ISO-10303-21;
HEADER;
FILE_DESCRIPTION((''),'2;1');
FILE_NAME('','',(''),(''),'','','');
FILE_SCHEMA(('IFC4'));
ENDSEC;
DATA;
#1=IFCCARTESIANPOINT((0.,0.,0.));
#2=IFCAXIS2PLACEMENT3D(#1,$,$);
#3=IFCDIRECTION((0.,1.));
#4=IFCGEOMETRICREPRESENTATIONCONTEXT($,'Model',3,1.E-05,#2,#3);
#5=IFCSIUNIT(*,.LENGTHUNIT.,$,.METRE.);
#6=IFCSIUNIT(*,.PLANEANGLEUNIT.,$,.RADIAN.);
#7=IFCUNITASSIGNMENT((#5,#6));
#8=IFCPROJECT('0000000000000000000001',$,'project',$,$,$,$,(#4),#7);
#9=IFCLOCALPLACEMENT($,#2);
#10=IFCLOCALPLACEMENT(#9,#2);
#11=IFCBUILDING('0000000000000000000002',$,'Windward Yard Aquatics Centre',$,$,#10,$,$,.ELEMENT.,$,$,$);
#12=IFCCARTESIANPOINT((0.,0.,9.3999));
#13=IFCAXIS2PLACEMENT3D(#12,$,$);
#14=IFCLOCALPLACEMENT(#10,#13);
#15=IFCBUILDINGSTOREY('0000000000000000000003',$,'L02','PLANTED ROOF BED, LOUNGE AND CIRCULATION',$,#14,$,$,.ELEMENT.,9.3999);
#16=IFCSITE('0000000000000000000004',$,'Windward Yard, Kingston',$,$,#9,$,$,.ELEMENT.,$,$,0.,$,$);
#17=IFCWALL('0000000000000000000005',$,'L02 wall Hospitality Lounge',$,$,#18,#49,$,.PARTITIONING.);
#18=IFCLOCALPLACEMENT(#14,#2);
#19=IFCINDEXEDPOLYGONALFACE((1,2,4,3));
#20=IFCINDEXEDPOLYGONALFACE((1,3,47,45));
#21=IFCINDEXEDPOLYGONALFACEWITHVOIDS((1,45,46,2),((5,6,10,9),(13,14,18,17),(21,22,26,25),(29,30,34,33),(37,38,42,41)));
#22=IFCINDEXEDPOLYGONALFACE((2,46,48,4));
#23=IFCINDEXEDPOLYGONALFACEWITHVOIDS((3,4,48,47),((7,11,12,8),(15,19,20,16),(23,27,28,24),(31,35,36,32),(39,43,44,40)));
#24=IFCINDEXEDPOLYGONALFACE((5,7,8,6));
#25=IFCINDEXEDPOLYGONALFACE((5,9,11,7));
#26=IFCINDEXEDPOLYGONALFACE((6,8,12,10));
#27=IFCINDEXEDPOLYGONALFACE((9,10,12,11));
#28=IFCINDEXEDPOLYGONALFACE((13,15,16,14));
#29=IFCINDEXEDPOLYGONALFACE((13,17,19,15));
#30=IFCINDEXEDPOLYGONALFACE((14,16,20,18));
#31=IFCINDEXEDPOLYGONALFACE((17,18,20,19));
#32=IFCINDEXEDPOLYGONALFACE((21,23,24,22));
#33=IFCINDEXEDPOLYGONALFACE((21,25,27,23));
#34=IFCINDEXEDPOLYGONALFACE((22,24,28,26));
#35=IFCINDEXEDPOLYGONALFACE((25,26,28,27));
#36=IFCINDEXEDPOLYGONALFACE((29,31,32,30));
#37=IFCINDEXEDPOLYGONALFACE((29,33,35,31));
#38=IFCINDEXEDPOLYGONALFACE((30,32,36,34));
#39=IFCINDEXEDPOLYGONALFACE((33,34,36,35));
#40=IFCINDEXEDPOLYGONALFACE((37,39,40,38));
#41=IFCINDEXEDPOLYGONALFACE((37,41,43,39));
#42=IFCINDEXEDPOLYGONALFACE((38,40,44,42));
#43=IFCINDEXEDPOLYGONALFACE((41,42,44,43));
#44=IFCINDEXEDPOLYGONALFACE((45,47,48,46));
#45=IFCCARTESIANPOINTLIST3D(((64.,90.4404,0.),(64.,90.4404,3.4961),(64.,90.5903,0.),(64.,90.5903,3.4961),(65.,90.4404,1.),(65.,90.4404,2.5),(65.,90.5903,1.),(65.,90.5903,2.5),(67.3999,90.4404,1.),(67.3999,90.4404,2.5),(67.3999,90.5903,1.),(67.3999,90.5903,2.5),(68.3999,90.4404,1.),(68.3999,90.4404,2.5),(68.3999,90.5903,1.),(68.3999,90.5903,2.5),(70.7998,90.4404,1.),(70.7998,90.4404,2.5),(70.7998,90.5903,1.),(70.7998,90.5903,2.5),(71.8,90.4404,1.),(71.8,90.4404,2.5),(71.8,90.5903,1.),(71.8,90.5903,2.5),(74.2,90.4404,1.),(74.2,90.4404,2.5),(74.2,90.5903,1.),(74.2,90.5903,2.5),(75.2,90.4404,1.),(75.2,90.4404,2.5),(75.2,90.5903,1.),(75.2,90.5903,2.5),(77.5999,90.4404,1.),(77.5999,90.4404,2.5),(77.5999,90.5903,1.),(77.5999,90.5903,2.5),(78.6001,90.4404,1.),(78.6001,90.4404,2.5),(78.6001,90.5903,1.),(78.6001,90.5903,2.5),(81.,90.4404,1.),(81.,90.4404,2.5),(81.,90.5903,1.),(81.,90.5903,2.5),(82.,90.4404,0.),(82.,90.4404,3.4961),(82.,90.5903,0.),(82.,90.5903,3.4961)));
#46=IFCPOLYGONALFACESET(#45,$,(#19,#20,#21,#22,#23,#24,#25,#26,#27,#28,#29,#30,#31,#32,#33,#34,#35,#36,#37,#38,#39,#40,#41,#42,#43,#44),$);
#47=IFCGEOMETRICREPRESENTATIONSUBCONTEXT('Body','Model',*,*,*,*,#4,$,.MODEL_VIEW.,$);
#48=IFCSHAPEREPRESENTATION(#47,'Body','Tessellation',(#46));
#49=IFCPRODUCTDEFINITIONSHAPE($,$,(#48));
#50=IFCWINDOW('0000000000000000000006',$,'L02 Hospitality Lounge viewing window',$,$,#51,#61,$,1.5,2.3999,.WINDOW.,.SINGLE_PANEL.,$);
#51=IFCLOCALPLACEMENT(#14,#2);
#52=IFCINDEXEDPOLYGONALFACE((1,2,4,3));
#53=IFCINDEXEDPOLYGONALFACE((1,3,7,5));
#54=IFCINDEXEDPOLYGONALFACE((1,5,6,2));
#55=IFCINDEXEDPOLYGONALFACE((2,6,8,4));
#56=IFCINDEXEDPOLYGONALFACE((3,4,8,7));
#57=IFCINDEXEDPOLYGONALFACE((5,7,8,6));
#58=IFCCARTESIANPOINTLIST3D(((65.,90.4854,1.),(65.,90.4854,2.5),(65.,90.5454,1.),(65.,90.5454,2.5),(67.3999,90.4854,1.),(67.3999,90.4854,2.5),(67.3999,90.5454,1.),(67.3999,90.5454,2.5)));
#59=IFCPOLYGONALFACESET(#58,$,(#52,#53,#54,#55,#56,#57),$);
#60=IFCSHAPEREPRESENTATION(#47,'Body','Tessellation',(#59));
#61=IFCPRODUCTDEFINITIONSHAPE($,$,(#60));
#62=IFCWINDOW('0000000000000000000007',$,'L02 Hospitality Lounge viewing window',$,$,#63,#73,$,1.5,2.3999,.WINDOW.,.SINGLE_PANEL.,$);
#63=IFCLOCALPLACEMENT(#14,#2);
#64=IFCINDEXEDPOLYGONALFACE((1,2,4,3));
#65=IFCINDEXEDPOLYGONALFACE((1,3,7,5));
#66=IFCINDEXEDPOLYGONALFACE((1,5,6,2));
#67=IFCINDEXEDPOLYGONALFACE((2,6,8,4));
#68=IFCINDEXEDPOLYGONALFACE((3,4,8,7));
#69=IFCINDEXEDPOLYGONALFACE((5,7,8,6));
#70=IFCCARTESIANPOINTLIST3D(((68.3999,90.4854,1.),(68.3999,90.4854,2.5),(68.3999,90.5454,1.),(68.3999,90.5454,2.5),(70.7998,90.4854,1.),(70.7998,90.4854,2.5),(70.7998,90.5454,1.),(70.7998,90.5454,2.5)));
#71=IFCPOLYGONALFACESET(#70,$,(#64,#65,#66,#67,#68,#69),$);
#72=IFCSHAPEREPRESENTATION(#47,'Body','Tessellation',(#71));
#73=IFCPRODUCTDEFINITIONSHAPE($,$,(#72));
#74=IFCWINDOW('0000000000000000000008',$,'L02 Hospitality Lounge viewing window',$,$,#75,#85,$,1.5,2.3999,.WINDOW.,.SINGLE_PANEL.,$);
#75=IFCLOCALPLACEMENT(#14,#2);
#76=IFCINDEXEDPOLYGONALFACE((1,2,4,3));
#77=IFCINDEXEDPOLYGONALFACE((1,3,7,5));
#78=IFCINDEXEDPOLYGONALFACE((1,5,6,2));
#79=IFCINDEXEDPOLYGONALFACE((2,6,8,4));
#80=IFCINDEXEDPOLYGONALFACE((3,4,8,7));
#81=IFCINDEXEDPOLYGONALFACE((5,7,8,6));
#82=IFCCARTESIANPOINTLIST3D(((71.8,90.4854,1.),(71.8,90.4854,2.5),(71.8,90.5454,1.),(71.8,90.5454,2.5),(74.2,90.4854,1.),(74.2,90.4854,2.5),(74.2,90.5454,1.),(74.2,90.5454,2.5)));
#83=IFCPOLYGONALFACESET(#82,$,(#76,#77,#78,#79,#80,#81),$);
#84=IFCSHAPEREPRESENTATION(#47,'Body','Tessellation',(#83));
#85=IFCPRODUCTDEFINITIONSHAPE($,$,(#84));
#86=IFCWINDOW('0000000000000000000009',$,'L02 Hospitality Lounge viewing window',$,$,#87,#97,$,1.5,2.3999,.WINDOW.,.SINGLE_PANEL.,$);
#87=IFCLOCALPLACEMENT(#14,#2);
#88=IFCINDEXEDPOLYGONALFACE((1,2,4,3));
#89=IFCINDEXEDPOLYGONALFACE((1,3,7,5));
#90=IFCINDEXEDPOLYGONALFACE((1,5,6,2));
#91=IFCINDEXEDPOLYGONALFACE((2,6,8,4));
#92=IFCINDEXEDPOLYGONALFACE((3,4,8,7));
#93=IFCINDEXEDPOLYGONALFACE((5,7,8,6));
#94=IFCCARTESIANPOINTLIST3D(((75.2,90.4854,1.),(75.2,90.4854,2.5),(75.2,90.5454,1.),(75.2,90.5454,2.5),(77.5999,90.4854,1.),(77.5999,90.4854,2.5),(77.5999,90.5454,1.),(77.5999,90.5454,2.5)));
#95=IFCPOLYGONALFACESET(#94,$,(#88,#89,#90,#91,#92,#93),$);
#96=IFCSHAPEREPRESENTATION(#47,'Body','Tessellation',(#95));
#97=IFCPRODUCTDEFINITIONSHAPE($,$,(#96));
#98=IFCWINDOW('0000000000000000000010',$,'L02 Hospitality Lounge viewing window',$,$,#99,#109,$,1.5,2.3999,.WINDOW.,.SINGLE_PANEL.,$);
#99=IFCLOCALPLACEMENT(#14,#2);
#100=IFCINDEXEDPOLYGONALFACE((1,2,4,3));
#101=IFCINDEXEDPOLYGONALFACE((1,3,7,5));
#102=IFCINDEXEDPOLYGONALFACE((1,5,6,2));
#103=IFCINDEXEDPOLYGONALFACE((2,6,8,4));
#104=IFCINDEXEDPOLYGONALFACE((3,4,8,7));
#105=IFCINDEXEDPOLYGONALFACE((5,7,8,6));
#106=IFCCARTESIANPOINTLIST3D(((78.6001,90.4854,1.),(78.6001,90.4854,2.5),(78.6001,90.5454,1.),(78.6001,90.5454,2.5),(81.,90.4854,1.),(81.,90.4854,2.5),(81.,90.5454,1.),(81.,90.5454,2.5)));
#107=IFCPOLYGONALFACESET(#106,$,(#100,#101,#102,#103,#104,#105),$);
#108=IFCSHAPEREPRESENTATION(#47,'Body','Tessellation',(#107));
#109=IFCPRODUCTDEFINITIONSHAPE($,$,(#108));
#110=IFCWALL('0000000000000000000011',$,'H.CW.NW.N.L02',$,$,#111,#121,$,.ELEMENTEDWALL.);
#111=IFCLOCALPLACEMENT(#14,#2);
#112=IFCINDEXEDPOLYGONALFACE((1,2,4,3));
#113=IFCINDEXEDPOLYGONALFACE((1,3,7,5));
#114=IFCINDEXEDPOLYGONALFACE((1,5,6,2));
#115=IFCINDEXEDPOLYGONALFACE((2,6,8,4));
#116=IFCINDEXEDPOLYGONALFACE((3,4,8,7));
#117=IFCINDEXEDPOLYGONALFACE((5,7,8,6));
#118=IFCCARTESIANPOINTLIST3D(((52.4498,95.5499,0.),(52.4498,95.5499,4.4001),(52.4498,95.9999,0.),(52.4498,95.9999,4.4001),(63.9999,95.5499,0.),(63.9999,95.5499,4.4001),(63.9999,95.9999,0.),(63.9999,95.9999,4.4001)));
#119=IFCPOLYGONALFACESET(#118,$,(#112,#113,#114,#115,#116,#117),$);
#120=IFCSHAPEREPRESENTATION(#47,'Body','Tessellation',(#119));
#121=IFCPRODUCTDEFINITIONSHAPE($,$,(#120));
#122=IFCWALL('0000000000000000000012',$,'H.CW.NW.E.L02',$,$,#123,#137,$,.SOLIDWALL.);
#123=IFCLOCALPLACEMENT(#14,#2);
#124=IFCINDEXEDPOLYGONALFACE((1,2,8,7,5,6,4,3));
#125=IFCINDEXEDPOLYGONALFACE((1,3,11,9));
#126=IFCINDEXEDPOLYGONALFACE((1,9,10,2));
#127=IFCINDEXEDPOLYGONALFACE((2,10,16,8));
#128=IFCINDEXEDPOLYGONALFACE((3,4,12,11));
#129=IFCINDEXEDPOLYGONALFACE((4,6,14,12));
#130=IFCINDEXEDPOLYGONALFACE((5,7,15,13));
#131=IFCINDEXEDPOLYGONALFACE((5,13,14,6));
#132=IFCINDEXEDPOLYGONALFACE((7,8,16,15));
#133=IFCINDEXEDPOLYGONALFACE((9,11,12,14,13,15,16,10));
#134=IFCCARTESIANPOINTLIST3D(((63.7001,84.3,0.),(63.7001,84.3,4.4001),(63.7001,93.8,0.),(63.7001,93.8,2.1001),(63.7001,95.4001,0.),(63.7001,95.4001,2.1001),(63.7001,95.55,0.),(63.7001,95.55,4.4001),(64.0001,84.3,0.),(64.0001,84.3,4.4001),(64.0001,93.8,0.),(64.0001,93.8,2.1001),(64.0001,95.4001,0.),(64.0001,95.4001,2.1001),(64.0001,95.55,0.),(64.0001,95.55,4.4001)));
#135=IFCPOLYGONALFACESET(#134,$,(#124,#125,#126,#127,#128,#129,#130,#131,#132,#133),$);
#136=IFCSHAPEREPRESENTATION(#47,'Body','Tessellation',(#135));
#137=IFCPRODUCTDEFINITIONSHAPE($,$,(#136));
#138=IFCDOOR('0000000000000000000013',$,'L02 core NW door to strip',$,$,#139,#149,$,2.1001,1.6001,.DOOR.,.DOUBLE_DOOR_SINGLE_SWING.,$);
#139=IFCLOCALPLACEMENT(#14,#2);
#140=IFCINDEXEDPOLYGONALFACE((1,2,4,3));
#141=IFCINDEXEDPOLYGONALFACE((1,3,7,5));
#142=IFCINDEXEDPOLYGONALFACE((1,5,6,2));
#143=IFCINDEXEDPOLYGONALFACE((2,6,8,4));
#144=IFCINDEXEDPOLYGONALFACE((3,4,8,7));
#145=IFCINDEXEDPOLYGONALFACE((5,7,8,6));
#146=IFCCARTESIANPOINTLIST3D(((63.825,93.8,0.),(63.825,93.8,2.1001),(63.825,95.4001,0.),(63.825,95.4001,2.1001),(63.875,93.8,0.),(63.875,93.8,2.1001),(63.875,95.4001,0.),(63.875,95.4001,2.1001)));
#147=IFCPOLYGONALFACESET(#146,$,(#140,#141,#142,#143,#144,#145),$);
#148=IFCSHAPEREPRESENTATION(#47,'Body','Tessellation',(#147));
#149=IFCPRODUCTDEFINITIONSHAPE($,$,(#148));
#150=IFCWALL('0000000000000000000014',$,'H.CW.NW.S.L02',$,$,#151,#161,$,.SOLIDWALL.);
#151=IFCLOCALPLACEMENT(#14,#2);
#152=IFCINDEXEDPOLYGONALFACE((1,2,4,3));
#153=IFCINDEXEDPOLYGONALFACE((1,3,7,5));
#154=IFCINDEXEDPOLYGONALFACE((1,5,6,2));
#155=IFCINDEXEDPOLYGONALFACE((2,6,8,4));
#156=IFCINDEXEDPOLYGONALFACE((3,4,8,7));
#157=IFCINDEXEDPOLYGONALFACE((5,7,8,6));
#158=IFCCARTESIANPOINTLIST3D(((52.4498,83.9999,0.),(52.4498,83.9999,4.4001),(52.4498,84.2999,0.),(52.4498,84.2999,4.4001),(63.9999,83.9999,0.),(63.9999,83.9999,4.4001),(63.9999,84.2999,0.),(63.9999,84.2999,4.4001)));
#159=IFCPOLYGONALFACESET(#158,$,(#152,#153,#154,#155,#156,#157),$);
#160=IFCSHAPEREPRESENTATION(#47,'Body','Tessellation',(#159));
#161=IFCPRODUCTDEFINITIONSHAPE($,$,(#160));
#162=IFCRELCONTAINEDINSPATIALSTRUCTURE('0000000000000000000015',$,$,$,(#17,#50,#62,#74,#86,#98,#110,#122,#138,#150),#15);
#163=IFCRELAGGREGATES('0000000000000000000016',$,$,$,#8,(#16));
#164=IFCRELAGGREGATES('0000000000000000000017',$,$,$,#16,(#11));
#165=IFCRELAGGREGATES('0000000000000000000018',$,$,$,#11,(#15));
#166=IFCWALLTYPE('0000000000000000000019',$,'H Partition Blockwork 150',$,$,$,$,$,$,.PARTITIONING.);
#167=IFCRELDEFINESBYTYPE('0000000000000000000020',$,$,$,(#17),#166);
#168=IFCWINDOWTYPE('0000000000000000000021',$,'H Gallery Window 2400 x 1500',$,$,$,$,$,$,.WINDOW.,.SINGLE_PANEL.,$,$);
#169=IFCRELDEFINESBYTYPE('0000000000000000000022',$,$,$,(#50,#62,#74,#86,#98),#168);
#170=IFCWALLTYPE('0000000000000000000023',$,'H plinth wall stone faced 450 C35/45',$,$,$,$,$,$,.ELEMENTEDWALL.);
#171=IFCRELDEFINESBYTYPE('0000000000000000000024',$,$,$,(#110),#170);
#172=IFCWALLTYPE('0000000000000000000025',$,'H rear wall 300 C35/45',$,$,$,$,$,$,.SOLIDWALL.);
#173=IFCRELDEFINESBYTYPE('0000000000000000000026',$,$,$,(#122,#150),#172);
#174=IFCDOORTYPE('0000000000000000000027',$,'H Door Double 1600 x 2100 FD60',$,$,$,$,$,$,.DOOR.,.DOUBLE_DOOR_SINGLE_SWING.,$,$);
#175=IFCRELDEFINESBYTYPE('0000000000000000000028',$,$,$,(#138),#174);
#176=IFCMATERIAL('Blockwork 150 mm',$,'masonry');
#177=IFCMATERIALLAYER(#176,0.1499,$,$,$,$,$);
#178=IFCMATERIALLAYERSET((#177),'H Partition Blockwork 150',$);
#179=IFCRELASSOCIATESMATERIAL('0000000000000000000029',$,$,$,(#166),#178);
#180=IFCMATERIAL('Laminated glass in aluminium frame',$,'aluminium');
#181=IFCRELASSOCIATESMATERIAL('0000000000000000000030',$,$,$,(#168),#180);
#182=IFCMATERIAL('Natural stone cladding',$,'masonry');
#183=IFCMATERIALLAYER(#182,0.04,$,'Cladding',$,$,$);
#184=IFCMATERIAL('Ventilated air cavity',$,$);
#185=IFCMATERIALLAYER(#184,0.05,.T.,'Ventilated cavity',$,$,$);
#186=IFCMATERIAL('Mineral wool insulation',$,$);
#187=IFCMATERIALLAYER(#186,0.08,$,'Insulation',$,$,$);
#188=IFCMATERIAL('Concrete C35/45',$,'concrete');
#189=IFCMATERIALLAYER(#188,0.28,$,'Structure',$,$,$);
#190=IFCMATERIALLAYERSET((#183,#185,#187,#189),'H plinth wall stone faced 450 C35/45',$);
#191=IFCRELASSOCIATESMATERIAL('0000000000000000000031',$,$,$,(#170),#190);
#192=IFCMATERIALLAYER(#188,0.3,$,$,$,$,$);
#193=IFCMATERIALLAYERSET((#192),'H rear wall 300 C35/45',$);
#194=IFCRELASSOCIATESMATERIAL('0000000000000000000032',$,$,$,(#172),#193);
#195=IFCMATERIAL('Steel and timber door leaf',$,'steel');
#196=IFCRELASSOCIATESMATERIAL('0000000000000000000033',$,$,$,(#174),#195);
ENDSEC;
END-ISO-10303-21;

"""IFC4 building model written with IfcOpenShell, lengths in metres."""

from ifc_helpers import new_model, si_unit, direction, frame, frame_2d, origin, place, context, subcontext, project, spatial, rectangle, extrude, material, layer, layer_set, type_object, element, fill, save


model = new_model("IFC4")

# Units and contexts
model_context = context("Model", 3, precision=1e-05, world=origin(), true_north=direction((0.0, 1.0)))
body_context = subcontext(model_context, "Body", "Model", "MODEL_VIEW")
ifc_project = project(units=[si_unit("LENGTHUNIT", "METRE"), si_unit("PLANEANGLEUNIT", "RADIAN")], contexts=[model_context])

# Site, building, storey
site_placement = place(None, origin())
site = spatial("IfcSite", under=ifc_project, at=site_placement, Name="Windward Yard, Kingston", CompositionType="ELEMENT", RefElevation=0.0)
building_placement = place(site_placement, origin())
building = spatial("IfcBuilding", under=site, at=building_placement, Name="Windward Yard Aquatics Centre", CompositionType="ELEMENT")
storey_placement = place(building_placement, frame((0.0, 0.0, 9.3999)))
storey = spatial("IfcBuildingStorey", under=building, at=storey_placement, Name="L02", Description="PLANTED ROOF BED, LOUNGE AND CIRCULATION", CompositionType="ELEMENT", Elevation=9.3999)

# Shared definitions
ifc_material_1 = material(Name="Concrete C35/45", Category="concrete")

# Shared definitions
ifc_material_2 = material(Name="Steel and timber door leaf", Category="steel")

# Shared definitions
ifc_material_3 = material(Name="Blockwork 150 mm", Category="masonry")
ifc_layer_1 = layer(ifc_material_3, 0.1499)
ifc_layer_set_1 = layer_set([ifc_layer_1], Name="H Partition Blockwork 150")
wall_type_1 = type_object("IfcWallType", Name="H Partition Blockwork 150", PredefinedType="PARTITIONING", material=ifc_layer_set_1)

# Wall, openings, windows
wall_1_placement = place(storey_placement, frame((64.0, 90.5154, 0.0), z_axis=(0.0, 0.0, 1.0), x_axis=(1.0, 0.0, 0.0)))
wall_1 = element("IfcWall", 1, at=wall_1_placement, inside=storey, type_object=wall_type_1, Name="L02 wall Hospitality Lounge", PredefinedType="PARTITIONING", context=body_context, shape_type="SweptSolid", body=[
    extrude(rectangle(XDim=18.0, YDim=0.1499, at=frame_2d((9.0, 0.0))), origin(), (0.0, 0.0, 1.0), 3.4961),
])
opening_1_placement = place(wall_1_placement, frame((1.0, 0.0, 1.0)))
opening_1 = element("IfcOpeningElement", 2, at=opening_1_placement, cuts=wall_1, PredefinedType="OPENING", context=body_context, shape_type="SweptSolid", body=[
    extrude(rectangle(XDim=2.3999, YDim=1.5, at=frame_2d((1.2, 0.75))), frame((0.0, 0.085, 0.0), z_axis=(0.0, -1.0, 0.0), x_axis=(1.0, 0.0, 0.0)), (0.0, 0.0, 1.0), 0.1699),
])
opening_2_placement = place(wall_1_placement, frame((4.3999, 0.0, 1.0)))
opening_2 = element("IfcOpeningElement", 3, at=opening_2_placement, cuts=wall_1, PredefinedType="OPENING", context=body_context, shape_type="SweptSolid", body=[
    extrude(rectangle(XDim=2.3999, YDim=1.5, at=frame_2d((1.2, 0.75))), frame((0.0, 0.085, 0.0), z_axis=(0.0, -1.0, 0.0), x_axis=(1.0, 0.0, 0.0)), (0.0, 0.0, 1.0), 0.1699),
])
opening_3_placement = place(wall_1_placement, frame((7.8, 0.0, 1.0)))
opening_3 = element("IfcOpeningElement", 4, at=opening_3_placement, cuts=wall_1, PredefinedType="OPENING", context=body_context, shape_type="SweptSolid", body=[
    extrude(rectangle(XDim=2.3999, YDim=1.5, at=frame_2d((1.2, 0.75))), frame((0.0, 0.085, 0.0), z_axis=(0.0, -1.0, 0.0), x_axis=(1.0, 0.0, 0.0)), (0.0, 0.0, 1.0), 0.1699),
])
opening_4_placement = place(wall_1_placement, frame((11.2, 0.0, 1.0)))
opening_4 = element("IfcOpeningElement", 5, at=opening_4_placement, cuts=wall_1, PredefinedType="OPENING", context=body_context, shape_type="SweptSolid", body=[
    extrude(rectangle(XDim=2.3999, YDim=1.5, at=frame_2d((1.2, 0.75))), frame((0.0, 0.085, 0.0), z_axis=(0.0, -1.0, 0.0), x_axis=(1.0, 0.0, 0.0)), (0.0, 0.0, 1.0), 0.1699),
])
opening_5_placement = place(wall_1_placement, frame((14.6001, 0.0, 1.0)))
opening_5 = element("IfcOpeningElement", 6, at=opening_5_placement, cuts=wall_1, PredefinedType="OPENING", context=body_context, shape_type="SweptSolid", body=[
    extrude(rectangle(XDim=2.3999, YDim=1.5, at=frame_2d((1.2, 0.75))), frame((0.0, 0.085, 0.0), z_axis=(0.0, -1.0, 0.0), x_axis=(1.0, 0.0, 0.0)), (0.0, 0.0, 1.0), 0.1699),
])
ifc_material_4 = material(Name="Laminated glass in aluminium frame", Category="aluminium")
window_type = type_object("IfcWindowType", Name="H Gallery Window 2400 x 1500", PartitioningType="SINGLE_PANEL", PredefinedType="WINDOW", material=ifc_material_4)
window_1_placement = place(opening_1_placement, origin())
window_1 = element("IfcWindow", 7, at=window_1_placement, inside=storey, type_object=window_type, Name="L02 Hospitality Lounge viewing window", OverallHeight=1.5, OverallWidth=2.3999, PartitioningType="SINGLE_PANEL", PredefinedType="WINDOW", context=body_context, shape_type="SweptSolid", body=[
    extrude(rectangle(XDim=2.3999, YDim=1.5, at=frame_2d((1.2, 0.75))), frame((0.0, 0.03, 0.0), z_axis=(0.0, -1.0, 0.0), x_axis=(1.0, 0.0, 0.0)), (0.0, 0.0, 1.0), 0.0601),
])
fill(opening_1, window_1)
window_2_placement = place(opening_2_placement, origin())
window_2 = element("IfcWindow", 8, at=window_2_placement, inside=storey, type_object=window_type, Name="L02 Hospitality Lounge viewing window", OverallHeight=1.5, OverallWidth=2.3999, PartitioningType="SINGLE_PANEL", PredefinedType="WINDOW", context=body_context, shape_type="SweptSolid", body=[
    extrude(rectangle(XDim=2.3999, YDim=1.5, at=frame_2d((1.2, 0.75))), frame((0.0, 0.03, 0.0), z_axis=(0.0, -1.0, 0.0), x_axis=(1.0, 0.0, 0.0)), (0.0, 0.0, 1.0), 0.0601),
])
fill(opening_2, window_2)
window_3_placement = place(opening_3_placement, origin())
window_3 = element("IfcWindow", 9, at=window_3_placement, inside=storey, type_object=window_type, Name="L02 Hospitality Lounge viewing window", OverallHeight=1.5, OverallWidth=2.3999, PartitioningType="SINGLE_PANEL", PredefinedType="WINDOW", context=body_context, shape_type="SweptSolid", body=[
    extrude(rectangle(XDim=2.3999, YDim=1.5, at=frame_2d((1.2, 0.75))), frame((0.0, 0.03, 0.0), z_axis=(0.0, -1.0, 0.0), x_axis=(1.0, 0.0, 0.0)), (0.0, 0.0, 1.0), 0.0601),
])
fill(opening_3, window_3)
window_4_placement = place(opening_4_placement, origin())
window_4 = element("IfcWindow", 10, at=window_4_placement, inside=storey, type_object=window_type, Name="L02 Hospitality Lounge viewing window", OverallHeight=1.5, OverallWidth=2.3999, PartitioningType="SINGLE_PANEL", PredefinedType="WINDOW", context=body_context, shape_type="SweptSolid", body=[
    extrude(rectangle(XDim=2.3999, YDim=1.5, at=frame_2d((1.2, 0.75))), frame((0.0, 0.03, 0.0), z_axis=(0.0, -1.0, 0.0), x_axis=(1.0, 0.0, 0.0)), (0.0, 0.0, 1.0), 0.0601),
])
fill(opening_4, window_4)
window_5_placement = place(opening_5_placement, origin())
window_5 = element("IfcWindow", 11, at=window_5_placement, inside=storey, type_object=window_type, Name="L02 Hospitality Lounge viewing window", OverallHeight=1.5, OverallWidth=2.3999, PartitioningType="SINGLE_PANEL", PredefinedType="WINDOW", context=body_context, shape_type="SweptSolid", body=[
    extrude(rectangle(XDim=2.3999, YDim=1.5, at=frame_2d((1.2, 0.75))), frame((0.0, 0.03, 0.0), z_axis=(0.0, -1.0, 0.0), x_axis=(1.0, 0.0, 0.0)), (0.0, 0.0, 1.0), 0.0601),
])
fill(opening_5, window_5)

# Wall
ifc_material_5 = material(Name="Natural stone cladding", Category="masonry")
ifc_layer_2 = layer(ifc_material_5, 0.04, Name="Cladding")
ifc_material_6 = material(Name="Ventilated air cavity")
ifc_layer_3 = layer(ifc_material_6, 0.05, ventilated=True, Name="Ventilated cavity")
ifc_material_7 = material(Name="Mineral wool insulation")
ifc_layer_4 = layer(ifc_material_7, 0.08, Name="Insulation")
ifc_layer_5 = layer(ifc_material_1, 0.28, Name="Structure")
ifc_layer_set_2 = layer_set([ifc_layer_2, ifc_layer_3, ifc_layer_4, ifc_layer_5], Name="H plinth wall stone faced 450 C35/45")
wall_type_2 = type_object("IfcWallType", Name="H plinth wall stone faced 450 C35/45", PredefinedType="ELEMENTEDWALL", material=ifc_layer_set_2)
wall_2_placement = place(storey_placement, frame((52.45, 95.7749, 0.0), z_axis=(0.0, 0.0, 1.0), x_axis=(1.0, 0.0, 0.0)))
element("IfcWall", 12, at=wall_2_placement, inside=storey, type_object=wall_type_2, Name="H.CW.NW.N.L02", PredefinedType="ELEMENTEDWALL", context=body_context, shape_type="SweptSolid", body=[
    extrude(rectangle(XDim=11.55, YDim=0.45, at=frame_2d((5.7749, 0.0))), origin(), (0.0, 0.0, 1.0), 4.4001),
])

# Wall, opening, door
ifc_layer_6 = layer(ifc_material_1, 0.3)
ifc_layer_set_3 = layer_set([ifc_layer_6], Name="H rear wall 300 C35/45")
wall_type_3 = type_object("IfcWallType", Name="H rear wall 300 C35/45", PredefinedType="SOLIDWALL", material=ifc_layer_set_3)
wall_3_placement = place(storey_placement, frame((63.8501, 95.55, 0.0), z_axis=(0.0, 0.0, 1.0), x_axis=(0.0, -1.0, 0.0)))
wall_3 = element("IfcWall", 13, at=wall_3_placement, inside=storey, type_object=wall_type_3, Name="H.CW.NW.E.L02", PredefinedType="SOLIDWALL", context=body_context, shape_type="SweptSolid", body=[
    extrude(rectangle(XDim=11.25, YDim=0.3, at=frame_2d((5.625, 0.0))), origin(), (0.0, 0.0, 1.0), 4.4001),
])
opening_6_placement = place(wall_3_placement, frame((0.1499, 0.0, 0.0)))
opening_6 = element("IfcOpeningElement", 14, at=opening_6_placement, cuts=wall_3, PredefinedType="OPENING", context=body_context, shape_type="SweptSolid", body=[
    extrude(rectangle(XDim=1.6001, YDim=2.1001, at=frame_2d((0.8, 1.05))), frame((0.0, 0.1602, 0.0), z_axis=(0.0, -1.0, 0.0), x_axis=(1.0, 0.0, 0.0)), (0.0, 0.0, 1.0), 0.3201),
])
door_type_1 = type_object("IfcDoorType", Name="H Door Double 1600 x 2100 FD60", OperationType="DOUBLE_DOOR_SINGLE_SWING", PredefinedType="DOOR", material=ifc_material_2)
door_1_placement = place(opening_6_placement, origin())
door_1 = element("IfcDoor", 15, at=door_1_placement, inside=storey, type_object=door_type_1, Name="L02 core NW door to strip", OperationType="DOUBLE_DOOR_SINGLE_SWING", OverallHeight=2.1001, OverallWidth=1.6001, PredefinedType="DOOR", context=body_context, shape_type="SweptSolid", body=[
    extrude(rectangle(XDim=1.6001, YDim=2.1001, at=frame_2d((0.8, 1.05))), frame((0.0, 0.0249, 0.0), z_axis=(0.0, -1.0, 0.0), x_axis=(1.0, 0.0, 0.0)), (0.0, 0.0, 1.0), 0.05),
])
fill(opening_6, door_1)

# Wall
wall_4_placement = place(storey_placement, frame((52.45, 84.1499, 0.0), z_axis=(0.0, 0.0, 1.0), x_axis=(1.0, 0.0, 0.0)))
element("IfcWall", 16, at=wall_4_placement, inside=storey, type_object=wall_type_3, Name="H.CW.NW.S.L02", PredefinedType="SOLIDWALL", context=body_context, shape_type="SweptSolid", body=[
    extrude(rectangle(XDim=11.55, YDim=0.3, at=frame_2d((5.7749, 0.0))), origin(), (0.0, 0.0, 1.0), 4.4001),
])

save(model, "model.ifc")
